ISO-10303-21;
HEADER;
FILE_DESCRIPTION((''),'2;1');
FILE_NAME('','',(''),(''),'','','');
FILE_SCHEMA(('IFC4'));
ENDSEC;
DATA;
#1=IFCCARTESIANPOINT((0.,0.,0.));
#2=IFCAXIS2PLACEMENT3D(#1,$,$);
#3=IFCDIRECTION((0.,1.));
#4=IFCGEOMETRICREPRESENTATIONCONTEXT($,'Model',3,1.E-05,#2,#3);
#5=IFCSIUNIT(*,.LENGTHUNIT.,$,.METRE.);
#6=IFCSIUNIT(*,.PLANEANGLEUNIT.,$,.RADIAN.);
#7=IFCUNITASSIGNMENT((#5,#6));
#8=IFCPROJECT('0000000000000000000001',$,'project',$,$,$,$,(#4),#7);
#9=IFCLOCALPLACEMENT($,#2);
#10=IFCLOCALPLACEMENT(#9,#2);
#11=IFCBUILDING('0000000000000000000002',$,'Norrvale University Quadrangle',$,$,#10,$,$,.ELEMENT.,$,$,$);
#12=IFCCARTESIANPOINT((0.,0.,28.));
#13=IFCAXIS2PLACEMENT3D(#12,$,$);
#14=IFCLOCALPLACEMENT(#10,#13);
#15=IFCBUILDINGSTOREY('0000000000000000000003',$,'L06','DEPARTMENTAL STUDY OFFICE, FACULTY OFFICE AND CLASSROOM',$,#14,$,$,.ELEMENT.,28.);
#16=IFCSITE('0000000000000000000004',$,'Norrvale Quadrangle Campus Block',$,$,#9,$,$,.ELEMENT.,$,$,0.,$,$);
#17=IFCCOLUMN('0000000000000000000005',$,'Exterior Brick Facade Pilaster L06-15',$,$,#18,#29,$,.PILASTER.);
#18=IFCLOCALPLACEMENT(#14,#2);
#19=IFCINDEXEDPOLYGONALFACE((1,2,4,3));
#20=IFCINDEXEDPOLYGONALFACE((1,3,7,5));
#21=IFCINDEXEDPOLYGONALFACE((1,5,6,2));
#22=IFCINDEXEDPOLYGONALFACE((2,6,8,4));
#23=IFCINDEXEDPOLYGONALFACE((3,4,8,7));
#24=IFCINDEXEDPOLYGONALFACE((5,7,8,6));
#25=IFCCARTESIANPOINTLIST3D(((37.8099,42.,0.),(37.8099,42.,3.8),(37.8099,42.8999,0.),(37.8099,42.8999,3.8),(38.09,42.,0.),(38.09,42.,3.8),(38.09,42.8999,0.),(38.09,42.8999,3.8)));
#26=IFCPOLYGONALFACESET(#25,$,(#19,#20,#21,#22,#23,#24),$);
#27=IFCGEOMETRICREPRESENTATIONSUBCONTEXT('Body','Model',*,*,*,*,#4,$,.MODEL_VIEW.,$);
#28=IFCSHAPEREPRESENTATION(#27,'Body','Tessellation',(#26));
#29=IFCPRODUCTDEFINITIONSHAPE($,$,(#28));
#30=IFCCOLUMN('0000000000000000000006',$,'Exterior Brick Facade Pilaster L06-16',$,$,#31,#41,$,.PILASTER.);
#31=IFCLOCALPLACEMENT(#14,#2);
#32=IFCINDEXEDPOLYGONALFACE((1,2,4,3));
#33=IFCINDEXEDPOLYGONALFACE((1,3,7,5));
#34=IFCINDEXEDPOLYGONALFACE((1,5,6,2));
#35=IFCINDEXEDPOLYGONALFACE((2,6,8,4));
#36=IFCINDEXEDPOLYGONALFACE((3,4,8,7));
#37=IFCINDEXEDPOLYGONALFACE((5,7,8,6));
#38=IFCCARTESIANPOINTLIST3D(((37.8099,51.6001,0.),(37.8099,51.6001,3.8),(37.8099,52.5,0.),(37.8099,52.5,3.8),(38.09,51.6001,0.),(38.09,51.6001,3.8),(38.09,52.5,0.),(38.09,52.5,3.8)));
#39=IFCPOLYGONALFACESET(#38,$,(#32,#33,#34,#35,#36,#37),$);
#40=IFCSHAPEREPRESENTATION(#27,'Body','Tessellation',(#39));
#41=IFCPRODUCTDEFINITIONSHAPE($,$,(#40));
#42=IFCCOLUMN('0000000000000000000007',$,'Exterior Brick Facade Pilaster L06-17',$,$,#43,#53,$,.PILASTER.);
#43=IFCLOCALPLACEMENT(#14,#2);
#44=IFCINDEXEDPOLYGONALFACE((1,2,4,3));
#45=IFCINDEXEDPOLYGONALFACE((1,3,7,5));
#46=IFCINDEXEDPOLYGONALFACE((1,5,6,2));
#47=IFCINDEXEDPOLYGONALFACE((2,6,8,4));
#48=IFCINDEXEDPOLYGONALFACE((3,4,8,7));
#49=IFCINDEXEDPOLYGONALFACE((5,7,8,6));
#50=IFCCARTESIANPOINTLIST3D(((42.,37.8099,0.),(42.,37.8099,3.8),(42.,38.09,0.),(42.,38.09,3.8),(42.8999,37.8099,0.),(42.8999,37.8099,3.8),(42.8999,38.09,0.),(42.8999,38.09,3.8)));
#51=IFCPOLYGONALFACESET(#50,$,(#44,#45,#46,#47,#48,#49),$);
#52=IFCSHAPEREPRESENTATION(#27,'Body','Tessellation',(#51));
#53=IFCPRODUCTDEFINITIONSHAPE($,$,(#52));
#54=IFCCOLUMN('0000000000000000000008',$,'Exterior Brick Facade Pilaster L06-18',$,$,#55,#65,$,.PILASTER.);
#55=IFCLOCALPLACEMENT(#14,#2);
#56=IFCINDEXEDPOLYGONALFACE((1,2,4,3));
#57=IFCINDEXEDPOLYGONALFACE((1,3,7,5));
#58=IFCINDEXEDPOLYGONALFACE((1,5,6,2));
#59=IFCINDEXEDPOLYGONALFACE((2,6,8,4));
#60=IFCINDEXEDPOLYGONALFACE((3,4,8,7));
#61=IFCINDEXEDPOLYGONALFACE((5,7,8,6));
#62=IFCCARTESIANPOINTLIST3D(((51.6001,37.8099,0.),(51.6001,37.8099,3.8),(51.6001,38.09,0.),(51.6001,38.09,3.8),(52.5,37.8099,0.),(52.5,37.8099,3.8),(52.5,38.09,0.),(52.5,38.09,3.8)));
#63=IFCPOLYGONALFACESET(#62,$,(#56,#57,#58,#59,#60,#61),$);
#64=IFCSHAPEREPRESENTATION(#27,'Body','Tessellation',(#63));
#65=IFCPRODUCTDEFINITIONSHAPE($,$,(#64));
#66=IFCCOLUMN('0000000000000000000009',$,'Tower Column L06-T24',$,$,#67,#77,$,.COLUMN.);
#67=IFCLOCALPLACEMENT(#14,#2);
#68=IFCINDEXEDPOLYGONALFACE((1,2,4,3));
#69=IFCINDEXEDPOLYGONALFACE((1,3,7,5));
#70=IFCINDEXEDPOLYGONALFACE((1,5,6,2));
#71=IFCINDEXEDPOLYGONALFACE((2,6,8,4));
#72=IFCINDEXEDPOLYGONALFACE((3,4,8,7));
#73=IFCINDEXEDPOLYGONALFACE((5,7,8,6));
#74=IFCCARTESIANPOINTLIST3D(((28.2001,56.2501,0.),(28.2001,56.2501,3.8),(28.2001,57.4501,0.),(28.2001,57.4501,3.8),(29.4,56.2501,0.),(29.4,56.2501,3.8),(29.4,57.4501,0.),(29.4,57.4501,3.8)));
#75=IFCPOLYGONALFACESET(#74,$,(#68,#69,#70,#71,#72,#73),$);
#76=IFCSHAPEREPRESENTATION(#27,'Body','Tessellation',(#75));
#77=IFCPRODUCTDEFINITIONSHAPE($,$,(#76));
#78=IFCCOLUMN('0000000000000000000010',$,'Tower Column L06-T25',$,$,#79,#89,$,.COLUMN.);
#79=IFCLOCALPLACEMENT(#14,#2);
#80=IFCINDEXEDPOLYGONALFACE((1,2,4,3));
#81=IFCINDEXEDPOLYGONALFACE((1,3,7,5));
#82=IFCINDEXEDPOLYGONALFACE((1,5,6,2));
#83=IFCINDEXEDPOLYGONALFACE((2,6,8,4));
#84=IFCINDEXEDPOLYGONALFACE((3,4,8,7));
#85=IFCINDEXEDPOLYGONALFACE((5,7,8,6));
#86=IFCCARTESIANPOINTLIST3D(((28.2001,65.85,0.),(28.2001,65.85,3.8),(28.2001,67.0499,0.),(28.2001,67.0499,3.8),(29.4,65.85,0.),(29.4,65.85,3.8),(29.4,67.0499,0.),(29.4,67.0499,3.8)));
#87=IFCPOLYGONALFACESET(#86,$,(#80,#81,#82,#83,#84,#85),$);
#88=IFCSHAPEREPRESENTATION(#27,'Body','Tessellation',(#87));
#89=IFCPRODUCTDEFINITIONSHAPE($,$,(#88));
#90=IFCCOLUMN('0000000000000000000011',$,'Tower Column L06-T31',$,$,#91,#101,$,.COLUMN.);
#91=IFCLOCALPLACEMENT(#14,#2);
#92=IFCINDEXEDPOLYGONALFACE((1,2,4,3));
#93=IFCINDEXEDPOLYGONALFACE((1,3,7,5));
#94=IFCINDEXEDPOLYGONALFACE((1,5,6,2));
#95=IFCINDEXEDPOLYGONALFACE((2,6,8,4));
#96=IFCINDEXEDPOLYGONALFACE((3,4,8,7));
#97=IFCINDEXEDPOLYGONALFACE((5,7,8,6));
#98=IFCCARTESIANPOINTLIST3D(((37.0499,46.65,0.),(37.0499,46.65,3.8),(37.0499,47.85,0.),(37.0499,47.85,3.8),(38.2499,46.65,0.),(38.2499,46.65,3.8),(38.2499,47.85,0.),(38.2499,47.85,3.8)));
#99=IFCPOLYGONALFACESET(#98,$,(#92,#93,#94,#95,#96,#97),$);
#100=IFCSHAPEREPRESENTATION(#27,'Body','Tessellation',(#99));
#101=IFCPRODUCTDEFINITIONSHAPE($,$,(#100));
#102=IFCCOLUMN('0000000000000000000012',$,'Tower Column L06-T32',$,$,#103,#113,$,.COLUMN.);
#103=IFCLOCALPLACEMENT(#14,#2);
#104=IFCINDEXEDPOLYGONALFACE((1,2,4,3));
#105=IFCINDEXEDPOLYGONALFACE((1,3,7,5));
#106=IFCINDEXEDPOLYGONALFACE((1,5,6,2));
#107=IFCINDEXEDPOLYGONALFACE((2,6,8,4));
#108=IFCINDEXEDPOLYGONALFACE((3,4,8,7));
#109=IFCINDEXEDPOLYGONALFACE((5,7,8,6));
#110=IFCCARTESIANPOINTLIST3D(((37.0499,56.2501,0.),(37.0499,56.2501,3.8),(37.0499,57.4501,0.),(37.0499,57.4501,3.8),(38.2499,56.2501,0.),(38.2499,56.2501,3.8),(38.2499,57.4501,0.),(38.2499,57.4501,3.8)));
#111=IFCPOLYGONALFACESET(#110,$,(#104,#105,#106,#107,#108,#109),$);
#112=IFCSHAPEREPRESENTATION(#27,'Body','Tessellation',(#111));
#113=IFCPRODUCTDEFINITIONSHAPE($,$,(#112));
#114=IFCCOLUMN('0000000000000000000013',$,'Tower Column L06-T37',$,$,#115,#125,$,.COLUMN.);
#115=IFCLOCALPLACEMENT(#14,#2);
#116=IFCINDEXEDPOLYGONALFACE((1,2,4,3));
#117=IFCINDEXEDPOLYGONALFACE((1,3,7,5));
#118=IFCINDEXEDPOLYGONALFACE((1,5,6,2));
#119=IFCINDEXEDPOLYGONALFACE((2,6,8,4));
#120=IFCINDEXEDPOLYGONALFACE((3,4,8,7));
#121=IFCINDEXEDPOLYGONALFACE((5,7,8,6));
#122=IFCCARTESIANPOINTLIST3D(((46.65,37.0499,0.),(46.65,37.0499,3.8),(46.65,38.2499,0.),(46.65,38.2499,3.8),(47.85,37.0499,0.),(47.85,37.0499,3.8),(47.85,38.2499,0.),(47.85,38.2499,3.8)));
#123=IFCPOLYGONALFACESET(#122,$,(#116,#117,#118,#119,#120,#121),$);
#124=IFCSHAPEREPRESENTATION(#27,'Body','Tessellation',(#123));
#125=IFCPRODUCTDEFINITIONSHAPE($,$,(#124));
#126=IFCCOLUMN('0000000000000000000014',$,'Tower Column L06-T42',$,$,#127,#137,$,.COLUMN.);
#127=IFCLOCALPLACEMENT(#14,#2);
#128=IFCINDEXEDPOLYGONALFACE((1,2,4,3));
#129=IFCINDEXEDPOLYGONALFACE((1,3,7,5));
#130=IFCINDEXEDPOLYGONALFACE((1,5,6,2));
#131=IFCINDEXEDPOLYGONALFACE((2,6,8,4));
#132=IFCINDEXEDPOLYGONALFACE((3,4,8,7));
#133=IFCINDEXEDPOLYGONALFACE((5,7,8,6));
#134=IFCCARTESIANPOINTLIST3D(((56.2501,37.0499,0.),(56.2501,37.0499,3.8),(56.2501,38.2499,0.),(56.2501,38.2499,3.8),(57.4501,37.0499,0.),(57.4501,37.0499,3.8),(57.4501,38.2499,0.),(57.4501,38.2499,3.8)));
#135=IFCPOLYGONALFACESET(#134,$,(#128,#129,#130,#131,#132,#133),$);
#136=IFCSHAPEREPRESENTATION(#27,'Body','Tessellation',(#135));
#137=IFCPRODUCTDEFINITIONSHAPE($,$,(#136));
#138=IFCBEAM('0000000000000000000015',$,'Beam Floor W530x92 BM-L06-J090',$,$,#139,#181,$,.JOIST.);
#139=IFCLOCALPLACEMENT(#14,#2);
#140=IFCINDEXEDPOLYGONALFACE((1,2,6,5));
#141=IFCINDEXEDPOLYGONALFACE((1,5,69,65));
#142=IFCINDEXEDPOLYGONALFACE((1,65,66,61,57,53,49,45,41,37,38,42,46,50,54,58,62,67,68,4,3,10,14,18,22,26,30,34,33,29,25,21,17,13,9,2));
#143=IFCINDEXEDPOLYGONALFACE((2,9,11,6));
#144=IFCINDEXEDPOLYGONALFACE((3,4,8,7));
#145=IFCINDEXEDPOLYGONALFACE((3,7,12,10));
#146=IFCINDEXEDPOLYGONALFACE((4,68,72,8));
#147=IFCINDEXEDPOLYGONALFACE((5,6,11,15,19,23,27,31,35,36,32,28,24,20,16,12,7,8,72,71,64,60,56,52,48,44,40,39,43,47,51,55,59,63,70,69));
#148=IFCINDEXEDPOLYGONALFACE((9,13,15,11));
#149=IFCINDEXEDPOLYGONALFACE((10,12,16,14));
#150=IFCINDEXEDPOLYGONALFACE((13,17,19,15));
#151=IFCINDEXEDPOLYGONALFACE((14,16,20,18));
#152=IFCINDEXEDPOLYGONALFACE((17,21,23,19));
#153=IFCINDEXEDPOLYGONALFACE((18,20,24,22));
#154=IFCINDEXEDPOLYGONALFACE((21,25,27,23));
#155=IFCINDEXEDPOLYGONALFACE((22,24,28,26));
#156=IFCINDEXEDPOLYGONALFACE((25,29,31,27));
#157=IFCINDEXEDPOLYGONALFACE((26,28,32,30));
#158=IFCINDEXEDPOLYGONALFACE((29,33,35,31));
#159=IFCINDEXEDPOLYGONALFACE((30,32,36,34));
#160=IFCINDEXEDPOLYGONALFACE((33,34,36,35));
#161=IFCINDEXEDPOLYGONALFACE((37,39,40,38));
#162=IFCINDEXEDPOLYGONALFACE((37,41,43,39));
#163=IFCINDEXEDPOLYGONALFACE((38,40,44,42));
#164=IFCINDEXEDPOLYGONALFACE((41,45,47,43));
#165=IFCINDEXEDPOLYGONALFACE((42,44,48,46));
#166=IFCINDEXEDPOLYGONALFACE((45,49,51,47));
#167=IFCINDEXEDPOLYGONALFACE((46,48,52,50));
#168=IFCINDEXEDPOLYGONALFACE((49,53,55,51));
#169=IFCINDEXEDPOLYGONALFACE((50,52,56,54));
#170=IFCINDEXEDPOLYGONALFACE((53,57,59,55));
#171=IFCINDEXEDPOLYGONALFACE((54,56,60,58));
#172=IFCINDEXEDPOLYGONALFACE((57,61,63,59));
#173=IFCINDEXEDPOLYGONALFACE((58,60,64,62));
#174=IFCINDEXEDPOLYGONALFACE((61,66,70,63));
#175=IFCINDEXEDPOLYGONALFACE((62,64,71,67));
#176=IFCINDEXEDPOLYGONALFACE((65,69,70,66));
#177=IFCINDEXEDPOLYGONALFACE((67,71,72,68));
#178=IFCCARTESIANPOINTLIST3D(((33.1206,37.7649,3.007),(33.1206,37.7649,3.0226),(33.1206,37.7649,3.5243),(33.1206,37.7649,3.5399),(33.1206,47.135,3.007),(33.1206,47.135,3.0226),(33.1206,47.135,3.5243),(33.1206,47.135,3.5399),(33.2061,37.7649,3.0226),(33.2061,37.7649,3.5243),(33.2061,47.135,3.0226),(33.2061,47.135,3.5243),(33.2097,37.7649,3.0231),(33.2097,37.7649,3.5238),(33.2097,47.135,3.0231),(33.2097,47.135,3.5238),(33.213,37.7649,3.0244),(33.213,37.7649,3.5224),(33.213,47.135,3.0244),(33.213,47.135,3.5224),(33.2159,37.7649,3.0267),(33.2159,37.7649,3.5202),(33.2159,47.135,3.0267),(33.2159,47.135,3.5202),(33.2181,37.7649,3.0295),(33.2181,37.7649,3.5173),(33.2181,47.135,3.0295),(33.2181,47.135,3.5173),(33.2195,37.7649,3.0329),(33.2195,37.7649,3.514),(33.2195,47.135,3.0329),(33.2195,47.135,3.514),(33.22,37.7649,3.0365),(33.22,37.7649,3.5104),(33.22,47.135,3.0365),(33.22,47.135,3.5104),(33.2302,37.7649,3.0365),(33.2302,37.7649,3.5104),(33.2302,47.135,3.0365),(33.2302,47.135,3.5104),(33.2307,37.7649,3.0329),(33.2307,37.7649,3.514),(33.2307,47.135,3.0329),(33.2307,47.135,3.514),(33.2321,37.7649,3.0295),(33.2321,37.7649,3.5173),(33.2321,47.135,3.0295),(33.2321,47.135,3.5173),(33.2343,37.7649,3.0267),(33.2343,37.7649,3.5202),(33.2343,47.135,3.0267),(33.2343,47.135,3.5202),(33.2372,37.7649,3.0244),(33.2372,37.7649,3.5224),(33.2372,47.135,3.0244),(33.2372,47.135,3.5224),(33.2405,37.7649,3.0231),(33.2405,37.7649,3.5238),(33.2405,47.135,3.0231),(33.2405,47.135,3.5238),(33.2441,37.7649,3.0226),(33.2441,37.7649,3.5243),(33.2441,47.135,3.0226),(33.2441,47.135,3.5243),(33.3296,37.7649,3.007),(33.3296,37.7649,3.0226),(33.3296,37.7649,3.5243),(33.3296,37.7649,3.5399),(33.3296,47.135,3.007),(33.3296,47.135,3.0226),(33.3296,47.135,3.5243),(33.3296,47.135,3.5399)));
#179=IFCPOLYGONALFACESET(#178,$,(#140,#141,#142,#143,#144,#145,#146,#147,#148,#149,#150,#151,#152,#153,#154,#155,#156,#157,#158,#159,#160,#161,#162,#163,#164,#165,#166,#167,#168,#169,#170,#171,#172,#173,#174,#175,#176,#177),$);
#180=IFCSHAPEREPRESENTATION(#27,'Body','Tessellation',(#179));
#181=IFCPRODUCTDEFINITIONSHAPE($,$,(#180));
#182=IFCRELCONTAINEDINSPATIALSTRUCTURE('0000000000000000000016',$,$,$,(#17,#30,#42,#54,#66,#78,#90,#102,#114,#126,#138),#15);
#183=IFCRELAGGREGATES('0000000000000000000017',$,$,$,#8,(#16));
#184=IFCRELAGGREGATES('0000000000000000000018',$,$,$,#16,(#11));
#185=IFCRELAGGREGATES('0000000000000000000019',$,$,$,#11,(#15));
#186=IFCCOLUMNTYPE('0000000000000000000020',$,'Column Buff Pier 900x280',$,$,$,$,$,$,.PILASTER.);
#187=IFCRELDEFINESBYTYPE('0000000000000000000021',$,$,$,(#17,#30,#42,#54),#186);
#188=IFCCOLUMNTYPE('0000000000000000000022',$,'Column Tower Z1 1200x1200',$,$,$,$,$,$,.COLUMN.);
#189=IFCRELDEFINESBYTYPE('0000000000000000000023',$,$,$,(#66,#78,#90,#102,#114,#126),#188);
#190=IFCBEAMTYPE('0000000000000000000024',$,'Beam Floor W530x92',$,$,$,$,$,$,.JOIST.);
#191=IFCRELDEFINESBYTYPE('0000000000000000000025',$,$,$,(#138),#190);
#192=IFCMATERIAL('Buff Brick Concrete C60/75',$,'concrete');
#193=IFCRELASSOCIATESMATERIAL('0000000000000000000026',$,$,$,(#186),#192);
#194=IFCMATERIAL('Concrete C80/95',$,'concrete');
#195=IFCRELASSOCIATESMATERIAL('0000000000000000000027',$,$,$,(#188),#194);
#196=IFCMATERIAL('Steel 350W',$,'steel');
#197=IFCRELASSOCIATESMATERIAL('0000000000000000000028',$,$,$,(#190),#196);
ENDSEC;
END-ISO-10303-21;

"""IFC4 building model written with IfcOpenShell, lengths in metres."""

from ifc_helpers import new_model, si_unit, direction, frame, origin, origin_2d, place, context, subcontext, project, spatial, rectangle, i_section, extrude, material, material_profile, profile_set, type_object, element, save


model = new_model("IFC4")

# Units and contexts
model_context = context("Model", 3, precision=1e-05, world=origin(), true_north=direction((0.0, 1.0)))
body_context = subcontext(model_context, "Body", "Model", "MODEL_VIEW")
ifc_project = project(units=[si_unit("LENGTHUNIT", "METRE"), si_unit("PLANEANGLEUNIT", "RADIAN")], contexts=[model_context])

# Site, building, storey
site_placement = place(None, origin())
site = spatial("IfcSite", under=ifc_project, at=site_placement, Name="Norrvale Quadrangle Campus Block", CompositionType="ELEMENT", RefElevation=0.0)
building_placement = place(site_placement, origin())
building = spatial("IfcBuilding", under=site, at=building_placement, Name="Norrvale University Quadrangle", CompositionType="ELEMENT")
storey_placement = place(building_placement, frame((0.0, 0.0, 28.0)))
storey = spatial("IfcBuildingStorey", under=building, at=storey_placement, Name="L06", Description="DEPARTMENTAL STUDY OFFICE, FACULTY OFFICE AND CLASSROOM", CompositionType="ELEMENT", Elevation=28.0)

# Columns
ifc_material_1 = material(Name="Buff Brick Concrete C60/75", Category="concrete")
ifc_material_profile_1 = material_profile(ifc_material_1, rectangle(XDim=0.8999, YDim=0.28, at=origin_2d()), Name="Buff Brick Concrete C60/75")
ifc_profile_set_1 = profile_set([ifc_material_profile_1], Name="Buff Brick Concrete C60/75")
column_type_1 = type_object("IfcColumnType", Name="Column Buff Pier 900x280", PredefinedType="PILASTER", material=ifc_profile_set_1)
for number, where, z_axis, x_axis, name in (
    (1, (37.95, 42.45, 0.0), (0.0, 0.0, 1.0), (0.0, 1.0, 0.0), "Exterior Brick Facade Pilaster L06-15"),
    (2, (37.95, 52.05, 0.0), (0.0, 0.0, 1.0), (0.0, 1.0, 0.0), "Exterior Brick Facade Pilaster L06-16"),
    (3, (42.45, 37.95, 0.0), (0.0, 0.0, 1.0), (1.0, 0.0, 0.0), "Exterior Brick Facade Pilaster L06-17"),
    (4, (52.05, 37.95, 0.0), (0.0, 0.0, 1.0), (1.0, 0.0, 0.0), "Exterior Brick Facade Pilaster L06-18"),
):
    element("IfcColumn", number, at=place(storey_placement, frame(where, z_axis=z_axis, x_axis=x_axis)), inside=storey, type_object=column_type_1, Name=name, PredefinedType="PILASTER", context=body_context, shape_type="SweptSolid", body=[
        extrude(rectangle(XDim=0.8999, YDim=0.28, at=origin_2d()), origin(), (0.0, 0.0, 1.0), 3.8),
    ])
ifc_material_2 = material(Name="Concrete C80/95", Category="concrete")
ifc_material_profile_2 = material_profile(ifc_material_2, rectangle(XDim=1.2, YDim=1.2, at=origin_2d()), Name="Concrete C80/95")
ifc_profile_set_2 = profile_set([ifc_material_profile_2], Name="Concrete C80/95")
column_type_2 = type_object("IfcColumnType", Name="Column Tower Z1 1200x1200", PredefinedType="COLUMN", material=ifc_profile_set_2)
for number, where, z_axis, x_axis, name in (
    (5, (28.8, 56.8501, 0.0), (0.0, 0.0, 1.0), (1.0, 0.0, 0.0), "Tower Column L06-T24"),
    (6, (28.8, 66.45, 0.0), (0.0, 0.0, 1.0), (1.0, 0.0, 0.0), "Tower Column L06-T25"),
    (7, (37.6499, 47.25, 0.0), (0.0, 0.0, 1.0), (1.0, 0.0, 0.0), "Tower Column L06-T31"),
    (8, (37.6499, 56.8501, 0.0), (0.0, 0.0, 1.0), (1.0, 0.0, 0.0), "Tower Column L06-T32"),
    (9, (47.25, 37.6499, 0.0), (0.0, 0.0, 1.0), (1.0, 0.0, 0.0), "Tower Column L06-T37"),
    (10, (56.8501, 37.6499, 0.0), (0.0, 0.0, 1.0), (1.0, 0.0, 0.0), "Tower Column L06-T42"),
):
    element("IfcColumn", number, at=place(storey_placement, frame(where, z_axis=z_axis, x_axis=x_axis)), inside=storey, type_object=column_type_2, Name=name, PredefinedType="COLUMN", context=body_context, shape_type="SweptSolid", body=[
        extrude(rectangle(XDim=1.2, YDim=1.2, at=origin_2d()), origin(), (0.0, 0.0, 1.0), 3.8),
    ])

# Beam
ifc_material_3 = material(Name="Steel 350W", Category="steel")
ifc_material_profile_3 = material_profile(ifc_material_3, i_section(OverallWidth=0.209, OverallDepth=0.533, WebThickness=0.0103, FlangeThickness=0.0156, FilletRadius=0.0139, at=origin_2d()), Name="Steel 350W")
ifc_profile_set_3 = profile_set([ifc_material_profile_3], Name="Steel 350W")
beam_type_1 = type_object("IfcBeamType", Name="Beam Floor W530x92", PredefinedType="JOIST", material=ifc_profile_set_3)
for number, where, z_axis, x_axis, name in (
    (11, (33.2251, 37.7649, 3.2734), (0.0, 1.0, 0.0), (-1.0, 0.0, 0.0), "Beam Floor W530x92 BM-L06-J090"),
):
    element("IfcBeam", number, at=place(storey_placement, frame(where, z_axis=z_axis, x_axis=x_axis)), inside=storey, type_object=beam_type_1, Name=name, PredefinedType="JOIST", context=body_context, shape_type="SweptSolid", body=[
        extrude(i_section(OverallWidth=0.209, OverallDepth=0.533, WebThickness=0.0103, FlangeThickness=0.0156, FilletRadius=0.0139, at=origin_2d()), origin(), (0.0, 0.0, 1.0), 9.3701),
    ])

save(model, "model.ifc")
